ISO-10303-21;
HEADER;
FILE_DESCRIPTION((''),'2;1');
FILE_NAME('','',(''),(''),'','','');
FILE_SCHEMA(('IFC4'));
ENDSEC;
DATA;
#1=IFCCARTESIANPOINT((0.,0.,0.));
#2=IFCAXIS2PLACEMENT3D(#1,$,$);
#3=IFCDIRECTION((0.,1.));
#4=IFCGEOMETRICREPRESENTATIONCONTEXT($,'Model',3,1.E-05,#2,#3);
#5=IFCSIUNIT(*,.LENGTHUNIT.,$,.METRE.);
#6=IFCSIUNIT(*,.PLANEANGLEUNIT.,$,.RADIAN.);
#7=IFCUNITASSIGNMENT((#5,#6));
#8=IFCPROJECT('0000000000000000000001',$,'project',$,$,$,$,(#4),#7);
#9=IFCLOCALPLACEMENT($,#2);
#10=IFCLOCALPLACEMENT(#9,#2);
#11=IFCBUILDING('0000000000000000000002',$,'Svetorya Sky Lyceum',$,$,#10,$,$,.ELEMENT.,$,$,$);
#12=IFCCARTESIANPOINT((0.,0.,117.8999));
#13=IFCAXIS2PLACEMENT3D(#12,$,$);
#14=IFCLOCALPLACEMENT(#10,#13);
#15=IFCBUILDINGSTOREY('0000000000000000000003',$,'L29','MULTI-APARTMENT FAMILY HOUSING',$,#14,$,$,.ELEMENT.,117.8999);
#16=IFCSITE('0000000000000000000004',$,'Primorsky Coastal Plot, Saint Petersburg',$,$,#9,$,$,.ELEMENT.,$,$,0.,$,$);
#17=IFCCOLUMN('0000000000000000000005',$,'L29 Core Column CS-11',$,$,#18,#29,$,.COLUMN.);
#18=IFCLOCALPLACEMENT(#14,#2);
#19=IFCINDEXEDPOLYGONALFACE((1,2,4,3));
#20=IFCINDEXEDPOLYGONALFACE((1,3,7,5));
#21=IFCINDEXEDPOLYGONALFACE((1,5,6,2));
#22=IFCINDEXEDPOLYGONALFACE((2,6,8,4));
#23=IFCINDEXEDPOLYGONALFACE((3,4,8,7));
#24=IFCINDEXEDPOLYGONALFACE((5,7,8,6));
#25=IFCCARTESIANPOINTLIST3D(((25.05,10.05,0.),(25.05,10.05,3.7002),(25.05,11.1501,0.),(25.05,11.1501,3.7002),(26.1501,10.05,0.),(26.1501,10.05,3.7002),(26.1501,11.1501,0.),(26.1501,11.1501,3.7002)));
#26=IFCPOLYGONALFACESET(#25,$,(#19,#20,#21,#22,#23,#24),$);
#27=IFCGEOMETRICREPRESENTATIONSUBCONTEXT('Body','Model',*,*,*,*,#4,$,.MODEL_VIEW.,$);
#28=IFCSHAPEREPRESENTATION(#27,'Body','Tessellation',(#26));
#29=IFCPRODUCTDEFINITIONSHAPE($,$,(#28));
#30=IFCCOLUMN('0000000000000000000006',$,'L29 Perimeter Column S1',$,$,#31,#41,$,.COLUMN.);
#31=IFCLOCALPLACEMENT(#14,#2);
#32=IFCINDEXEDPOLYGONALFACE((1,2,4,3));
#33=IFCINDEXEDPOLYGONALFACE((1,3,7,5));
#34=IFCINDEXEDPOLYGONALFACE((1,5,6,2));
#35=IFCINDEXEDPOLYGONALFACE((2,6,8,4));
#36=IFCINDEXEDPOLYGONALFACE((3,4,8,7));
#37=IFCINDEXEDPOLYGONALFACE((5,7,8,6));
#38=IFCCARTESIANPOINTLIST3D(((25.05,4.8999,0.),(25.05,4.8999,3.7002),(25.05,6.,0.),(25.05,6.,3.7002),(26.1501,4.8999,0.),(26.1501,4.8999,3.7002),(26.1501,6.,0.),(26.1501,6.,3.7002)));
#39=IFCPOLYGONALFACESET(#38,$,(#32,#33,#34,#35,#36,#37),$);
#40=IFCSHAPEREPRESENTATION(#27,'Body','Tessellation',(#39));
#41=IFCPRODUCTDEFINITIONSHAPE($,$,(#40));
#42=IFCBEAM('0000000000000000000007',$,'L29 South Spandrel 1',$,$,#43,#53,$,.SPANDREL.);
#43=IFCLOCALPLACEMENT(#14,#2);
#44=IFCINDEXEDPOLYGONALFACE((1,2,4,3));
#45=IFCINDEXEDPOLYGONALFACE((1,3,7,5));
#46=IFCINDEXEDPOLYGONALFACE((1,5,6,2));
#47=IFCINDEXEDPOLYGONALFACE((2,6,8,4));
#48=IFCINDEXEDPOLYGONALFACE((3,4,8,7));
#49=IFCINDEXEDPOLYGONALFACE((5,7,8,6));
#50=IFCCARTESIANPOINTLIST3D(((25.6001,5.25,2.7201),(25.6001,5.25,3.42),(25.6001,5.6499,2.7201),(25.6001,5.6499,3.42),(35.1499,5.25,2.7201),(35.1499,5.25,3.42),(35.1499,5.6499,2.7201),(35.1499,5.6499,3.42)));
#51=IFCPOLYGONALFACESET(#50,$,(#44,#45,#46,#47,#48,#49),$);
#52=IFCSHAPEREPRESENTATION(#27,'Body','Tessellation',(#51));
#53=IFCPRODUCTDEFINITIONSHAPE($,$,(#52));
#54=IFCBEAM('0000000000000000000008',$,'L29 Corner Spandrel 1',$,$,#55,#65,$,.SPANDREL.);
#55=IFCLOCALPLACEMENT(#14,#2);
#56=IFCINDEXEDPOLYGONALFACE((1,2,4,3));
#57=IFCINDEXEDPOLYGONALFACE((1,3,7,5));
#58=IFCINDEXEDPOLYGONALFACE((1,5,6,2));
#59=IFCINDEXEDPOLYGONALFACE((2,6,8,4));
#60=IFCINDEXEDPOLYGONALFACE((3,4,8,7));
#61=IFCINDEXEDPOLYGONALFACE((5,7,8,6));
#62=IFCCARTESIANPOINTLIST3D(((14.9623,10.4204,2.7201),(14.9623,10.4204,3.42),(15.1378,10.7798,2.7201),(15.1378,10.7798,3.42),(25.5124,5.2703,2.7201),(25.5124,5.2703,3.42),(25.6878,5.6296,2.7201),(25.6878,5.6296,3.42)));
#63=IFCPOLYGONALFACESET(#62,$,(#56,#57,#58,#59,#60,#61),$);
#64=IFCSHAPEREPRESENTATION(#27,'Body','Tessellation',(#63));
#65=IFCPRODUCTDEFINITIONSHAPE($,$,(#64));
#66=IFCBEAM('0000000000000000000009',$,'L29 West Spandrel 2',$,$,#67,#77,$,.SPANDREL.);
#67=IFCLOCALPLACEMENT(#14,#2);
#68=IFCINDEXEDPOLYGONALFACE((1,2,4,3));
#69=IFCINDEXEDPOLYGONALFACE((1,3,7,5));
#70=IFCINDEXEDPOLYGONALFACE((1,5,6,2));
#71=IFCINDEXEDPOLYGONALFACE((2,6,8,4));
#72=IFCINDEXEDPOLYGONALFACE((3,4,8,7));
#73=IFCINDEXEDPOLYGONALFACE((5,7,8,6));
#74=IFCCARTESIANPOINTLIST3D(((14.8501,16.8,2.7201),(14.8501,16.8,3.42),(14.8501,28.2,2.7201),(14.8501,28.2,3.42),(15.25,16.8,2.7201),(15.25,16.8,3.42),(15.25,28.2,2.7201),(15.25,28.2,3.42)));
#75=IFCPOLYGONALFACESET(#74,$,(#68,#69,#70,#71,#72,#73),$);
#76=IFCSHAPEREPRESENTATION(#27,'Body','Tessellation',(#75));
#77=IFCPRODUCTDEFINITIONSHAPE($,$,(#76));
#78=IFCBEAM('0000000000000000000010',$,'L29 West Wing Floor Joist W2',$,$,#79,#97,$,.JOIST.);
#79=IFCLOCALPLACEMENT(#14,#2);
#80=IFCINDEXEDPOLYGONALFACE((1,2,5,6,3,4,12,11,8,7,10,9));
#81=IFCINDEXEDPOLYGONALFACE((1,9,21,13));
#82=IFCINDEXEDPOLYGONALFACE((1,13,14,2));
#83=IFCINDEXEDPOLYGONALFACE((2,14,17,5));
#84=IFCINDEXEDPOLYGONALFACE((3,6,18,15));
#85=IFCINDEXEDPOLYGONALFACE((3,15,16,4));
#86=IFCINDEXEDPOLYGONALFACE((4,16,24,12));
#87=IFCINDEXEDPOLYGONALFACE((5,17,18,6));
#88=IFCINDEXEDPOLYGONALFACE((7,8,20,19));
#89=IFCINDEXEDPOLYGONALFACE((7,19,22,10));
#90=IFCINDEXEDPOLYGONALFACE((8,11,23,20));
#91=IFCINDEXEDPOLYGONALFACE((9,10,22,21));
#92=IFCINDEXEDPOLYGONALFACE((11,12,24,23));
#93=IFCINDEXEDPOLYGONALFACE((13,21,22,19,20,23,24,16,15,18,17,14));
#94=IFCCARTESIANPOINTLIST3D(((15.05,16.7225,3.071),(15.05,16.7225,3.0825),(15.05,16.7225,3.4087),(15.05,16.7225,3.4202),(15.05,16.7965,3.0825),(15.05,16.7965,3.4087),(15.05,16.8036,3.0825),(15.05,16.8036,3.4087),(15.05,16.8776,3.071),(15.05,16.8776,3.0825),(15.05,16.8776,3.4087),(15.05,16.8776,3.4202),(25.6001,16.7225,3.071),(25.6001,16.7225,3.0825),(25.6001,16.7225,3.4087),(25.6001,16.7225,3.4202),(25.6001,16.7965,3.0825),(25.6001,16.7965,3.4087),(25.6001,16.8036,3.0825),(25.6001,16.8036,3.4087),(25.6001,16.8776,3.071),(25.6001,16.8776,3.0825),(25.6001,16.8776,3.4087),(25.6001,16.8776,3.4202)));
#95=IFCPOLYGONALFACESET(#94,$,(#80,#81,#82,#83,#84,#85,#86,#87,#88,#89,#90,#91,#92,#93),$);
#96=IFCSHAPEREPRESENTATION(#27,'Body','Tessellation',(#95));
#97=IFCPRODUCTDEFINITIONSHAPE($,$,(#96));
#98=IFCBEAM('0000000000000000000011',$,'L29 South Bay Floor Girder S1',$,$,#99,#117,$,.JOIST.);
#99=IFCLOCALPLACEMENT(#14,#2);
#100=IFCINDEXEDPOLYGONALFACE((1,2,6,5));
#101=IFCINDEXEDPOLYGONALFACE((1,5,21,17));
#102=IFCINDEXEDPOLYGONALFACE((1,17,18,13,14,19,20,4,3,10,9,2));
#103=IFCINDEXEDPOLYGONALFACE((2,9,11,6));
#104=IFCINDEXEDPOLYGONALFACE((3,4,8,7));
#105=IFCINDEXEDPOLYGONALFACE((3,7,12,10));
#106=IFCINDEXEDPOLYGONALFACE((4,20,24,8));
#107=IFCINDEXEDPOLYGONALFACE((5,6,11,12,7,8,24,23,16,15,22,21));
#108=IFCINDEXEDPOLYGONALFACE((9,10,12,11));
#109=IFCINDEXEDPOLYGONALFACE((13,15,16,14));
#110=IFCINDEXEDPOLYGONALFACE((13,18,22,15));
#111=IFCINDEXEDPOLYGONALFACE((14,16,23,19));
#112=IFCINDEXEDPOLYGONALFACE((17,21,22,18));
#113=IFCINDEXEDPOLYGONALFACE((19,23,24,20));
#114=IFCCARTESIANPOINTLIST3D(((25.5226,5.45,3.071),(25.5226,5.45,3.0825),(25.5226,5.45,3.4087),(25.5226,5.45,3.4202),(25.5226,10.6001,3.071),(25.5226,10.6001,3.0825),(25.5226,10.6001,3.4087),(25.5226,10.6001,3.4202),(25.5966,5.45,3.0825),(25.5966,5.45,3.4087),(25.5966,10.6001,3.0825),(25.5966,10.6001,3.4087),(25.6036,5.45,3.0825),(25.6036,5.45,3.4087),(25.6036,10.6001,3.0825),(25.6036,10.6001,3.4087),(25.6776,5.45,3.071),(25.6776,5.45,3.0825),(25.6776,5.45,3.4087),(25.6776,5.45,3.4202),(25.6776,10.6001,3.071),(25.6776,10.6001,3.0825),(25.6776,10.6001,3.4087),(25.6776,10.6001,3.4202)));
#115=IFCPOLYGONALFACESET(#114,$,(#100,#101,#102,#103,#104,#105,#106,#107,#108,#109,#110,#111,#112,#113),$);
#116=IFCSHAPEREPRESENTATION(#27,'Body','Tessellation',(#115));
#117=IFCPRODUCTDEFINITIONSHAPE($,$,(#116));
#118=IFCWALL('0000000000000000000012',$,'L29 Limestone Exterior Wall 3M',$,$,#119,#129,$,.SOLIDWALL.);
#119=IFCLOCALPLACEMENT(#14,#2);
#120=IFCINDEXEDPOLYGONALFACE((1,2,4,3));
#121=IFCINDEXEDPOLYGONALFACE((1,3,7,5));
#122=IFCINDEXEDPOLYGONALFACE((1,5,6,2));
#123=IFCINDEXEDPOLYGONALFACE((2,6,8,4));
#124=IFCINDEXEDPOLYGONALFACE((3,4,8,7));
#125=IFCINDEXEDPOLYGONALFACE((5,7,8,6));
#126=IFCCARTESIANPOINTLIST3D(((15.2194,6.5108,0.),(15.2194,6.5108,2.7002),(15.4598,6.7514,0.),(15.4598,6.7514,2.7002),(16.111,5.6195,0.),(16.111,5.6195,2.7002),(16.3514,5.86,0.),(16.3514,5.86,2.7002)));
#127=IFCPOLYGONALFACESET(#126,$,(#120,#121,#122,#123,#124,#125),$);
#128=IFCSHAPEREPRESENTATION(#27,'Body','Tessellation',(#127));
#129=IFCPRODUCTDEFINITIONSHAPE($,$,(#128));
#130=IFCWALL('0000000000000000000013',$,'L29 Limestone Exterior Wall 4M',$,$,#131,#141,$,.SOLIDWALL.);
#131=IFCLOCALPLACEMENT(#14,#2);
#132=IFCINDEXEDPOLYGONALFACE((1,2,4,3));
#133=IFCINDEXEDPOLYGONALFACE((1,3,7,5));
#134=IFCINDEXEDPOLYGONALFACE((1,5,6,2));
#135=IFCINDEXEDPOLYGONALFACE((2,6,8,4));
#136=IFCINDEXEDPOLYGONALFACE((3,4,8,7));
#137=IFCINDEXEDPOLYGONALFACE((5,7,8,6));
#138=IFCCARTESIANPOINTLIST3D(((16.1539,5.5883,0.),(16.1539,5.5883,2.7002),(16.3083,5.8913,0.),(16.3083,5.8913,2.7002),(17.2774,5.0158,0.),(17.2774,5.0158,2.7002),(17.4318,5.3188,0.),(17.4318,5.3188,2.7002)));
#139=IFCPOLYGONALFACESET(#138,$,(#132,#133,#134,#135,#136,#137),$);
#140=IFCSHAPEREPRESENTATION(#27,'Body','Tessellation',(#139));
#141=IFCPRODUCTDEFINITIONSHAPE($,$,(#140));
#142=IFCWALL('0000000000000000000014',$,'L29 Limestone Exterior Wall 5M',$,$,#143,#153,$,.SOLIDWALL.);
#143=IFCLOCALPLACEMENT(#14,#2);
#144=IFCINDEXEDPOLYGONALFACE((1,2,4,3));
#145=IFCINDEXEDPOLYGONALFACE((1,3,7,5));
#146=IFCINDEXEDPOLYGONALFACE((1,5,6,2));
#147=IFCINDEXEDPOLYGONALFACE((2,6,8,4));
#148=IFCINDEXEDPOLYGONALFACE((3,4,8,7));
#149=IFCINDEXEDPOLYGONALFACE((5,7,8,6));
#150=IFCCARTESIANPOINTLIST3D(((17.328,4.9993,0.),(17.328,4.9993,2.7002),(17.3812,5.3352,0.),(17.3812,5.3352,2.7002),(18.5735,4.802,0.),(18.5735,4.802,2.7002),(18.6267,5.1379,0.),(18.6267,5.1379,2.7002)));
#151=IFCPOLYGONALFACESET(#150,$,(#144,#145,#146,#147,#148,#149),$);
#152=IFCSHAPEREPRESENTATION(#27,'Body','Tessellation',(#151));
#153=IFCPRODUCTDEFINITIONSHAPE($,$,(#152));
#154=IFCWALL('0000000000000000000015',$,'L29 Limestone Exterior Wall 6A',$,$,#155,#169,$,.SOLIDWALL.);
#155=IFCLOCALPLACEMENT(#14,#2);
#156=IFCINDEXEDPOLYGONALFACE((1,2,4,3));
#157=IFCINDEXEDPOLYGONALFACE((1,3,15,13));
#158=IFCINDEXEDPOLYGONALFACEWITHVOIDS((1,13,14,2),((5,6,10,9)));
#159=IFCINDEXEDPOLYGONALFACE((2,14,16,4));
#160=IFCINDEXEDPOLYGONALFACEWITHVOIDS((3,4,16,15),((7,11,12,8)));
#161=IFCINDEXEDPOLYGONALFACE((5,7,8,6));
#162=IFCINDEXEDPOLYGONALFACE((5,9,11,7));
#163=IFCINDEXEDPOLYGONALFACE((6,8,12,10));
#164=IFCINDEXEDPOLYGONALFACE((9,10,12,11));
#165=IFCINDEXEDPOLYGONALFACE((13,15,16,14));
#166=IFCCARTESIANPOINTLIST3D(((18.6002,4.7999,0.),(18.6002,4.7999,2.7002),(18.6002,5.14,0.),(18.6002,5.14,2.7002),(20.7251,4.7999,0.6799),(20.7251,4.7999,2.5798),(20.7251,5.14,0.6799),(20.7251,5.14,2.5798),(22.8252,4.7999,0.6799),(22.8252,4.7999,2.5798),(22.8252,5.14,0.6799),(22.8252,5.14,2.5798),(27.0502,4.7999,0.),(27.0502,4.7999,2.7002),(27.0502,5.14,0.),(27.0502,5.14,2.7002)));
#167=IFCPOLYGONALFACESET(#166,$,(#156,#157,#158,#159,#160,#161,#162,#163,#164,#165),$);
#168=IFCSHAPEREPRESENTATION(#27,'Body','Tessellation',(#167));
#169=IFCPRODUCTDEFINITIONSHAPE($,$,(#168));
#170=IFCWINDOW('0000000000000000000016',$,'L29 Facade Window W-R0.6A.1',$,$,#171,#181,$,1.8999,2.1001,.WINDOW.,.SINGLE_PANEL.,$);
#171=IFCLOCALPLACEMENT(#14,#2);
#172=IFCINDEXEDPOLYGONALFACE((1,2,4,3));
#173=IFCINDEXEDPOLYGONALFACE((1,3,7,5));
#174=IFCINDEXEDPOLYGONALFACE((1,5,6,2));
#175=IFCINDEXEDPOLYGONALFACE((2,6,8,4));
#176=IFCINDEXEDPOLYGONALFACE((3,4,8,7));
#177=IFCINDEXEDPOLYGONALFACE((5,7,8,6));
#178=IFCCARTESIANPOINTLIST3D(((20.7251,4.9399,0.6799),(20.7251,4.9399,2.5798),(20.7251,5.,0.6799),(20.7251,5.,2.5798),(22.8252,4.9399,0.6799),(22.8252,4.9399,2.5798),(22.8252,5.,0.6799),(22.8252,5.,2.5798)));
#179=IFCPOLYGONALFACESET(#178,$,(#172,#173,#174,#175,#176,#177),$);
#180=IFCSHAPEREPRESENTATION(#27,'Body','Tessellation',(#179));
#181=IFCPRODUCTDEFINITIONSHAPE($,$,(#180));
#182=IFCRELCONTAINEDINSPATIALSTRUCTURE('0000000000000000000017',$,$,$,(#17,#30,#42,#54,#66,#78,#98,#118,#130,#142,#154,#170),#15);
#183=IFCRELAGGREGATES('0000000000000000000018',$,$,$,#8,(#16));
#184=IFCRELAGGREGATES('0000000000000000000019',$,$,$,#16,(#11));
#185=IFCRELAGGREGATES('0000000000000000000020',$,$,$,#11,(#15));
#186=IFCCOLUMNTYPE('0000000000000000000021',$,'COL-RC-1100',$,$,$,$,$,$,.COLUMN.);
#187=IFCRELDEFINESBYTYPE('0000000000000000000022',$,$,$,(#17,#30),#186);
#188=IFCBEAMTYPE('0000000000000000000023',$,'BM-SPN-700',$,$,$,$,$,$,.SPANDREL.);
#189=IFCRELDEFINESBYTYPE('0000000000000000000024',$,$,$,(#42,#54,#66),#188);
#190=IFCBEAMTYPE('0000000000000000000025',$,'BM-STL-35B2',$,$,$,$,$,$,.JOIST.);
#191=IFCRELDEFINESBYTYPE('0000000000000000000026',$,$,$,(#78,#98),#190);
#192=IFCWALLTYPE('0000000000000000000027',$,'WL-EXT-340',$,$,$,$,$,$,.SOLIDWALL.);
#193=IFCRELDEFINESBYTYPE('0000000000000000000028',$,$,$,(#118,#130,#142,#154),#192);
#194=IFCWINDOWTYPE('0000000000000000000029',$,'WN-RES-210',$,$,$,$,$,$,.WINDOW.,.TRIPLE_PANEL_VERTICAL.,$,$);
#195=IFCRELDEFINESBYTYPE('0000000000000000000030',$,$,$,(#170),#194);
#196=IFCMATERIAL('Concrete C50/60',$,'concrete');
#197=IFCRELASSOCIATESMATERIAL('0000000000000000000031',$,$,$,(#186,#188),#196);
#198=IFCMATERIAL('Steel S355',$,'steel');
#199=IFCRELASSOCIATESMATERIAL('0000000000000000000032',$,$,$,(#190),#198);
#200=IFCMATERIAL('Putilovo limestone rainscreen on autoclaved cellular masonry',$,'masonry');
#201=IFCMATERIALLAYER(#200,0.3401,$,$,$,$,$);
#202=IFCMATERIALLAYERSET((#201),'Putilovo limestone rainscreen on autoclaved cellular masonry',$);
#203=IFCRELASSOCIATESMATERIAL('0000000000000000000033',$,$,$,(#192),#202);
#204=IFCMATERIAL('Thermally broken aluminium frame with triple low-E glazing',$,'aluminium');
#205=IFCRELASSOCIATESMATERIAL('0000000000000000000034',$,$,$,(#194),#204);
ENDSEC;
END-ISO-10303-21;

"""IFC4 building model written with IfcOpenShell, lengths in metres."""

from ifc_helpers import new_model, si_unit, direction, frame, frame_2d, origin, origin_2d, place, context, subcontext, project, spatial, rectangle, i_section, extrude, material, layer, layer_set, material_profile, profile_set, type_object, element, fill, save


model = new_model("IFC4")

# Units and contexts
model_context = context("Model", 3, precision=1e-05, world=origin(), true_north=direction((0.0, 1.0)))
body_context = subcontext(model_context, "Body", "Model", "MODEL_VIEW")
ifc_project = project(units=[si_unit("LENGTHUNIT", "METRE"), si_unit("PLANEANGLEUNIT", "RADIAN")], contexts=[model_context])

# Site, building, storey
site_placement = place(None, origin())
site = spatial("IfcSite", under=ifc_project, at=site_placement, Name="Primorsky Coastal Plot, Saint Petersburg", CompositionType="ELEMENT", RefElevation=0.0)
building_placement = place(site_placement, origin())
building = spatial("IfcBuilding", under=site, at=building_placement, Name="Svetorya Sky Lyceum", CompositionType="ELEMENT")
storey_placement = place(building_placement, frame((0.0, 0.0, 117.8999)))
storey = spatial("IfcBuildingStorey", under=building, at=storey_placement, Name="L29", Description="MULTI-APARTMENT FAMILY HOUSING", CompositionType="ELEMENT", Elevation=117.8999)

# Columns
ifc_material_1 = material(Name="Concrete C50/60", Category="concrete")
ifc_material_profile_1 = material_profile(ifc_material_1, rectangle(XDim=1.1001, YDim=1.1001, at=origin_2d()), Name="RC COL 1100x1100")
ifc_profile_set_1 = profile_set([ifc_material_profile_1], Name="Concrete C50/60")
column_type = type_object("IfcColumnType", Name="COL-RC-1100", PredefinedType="COLUMN", material=ifc_profile_set_1)
for number, where, z_axis, x_axis, name in (
    (1, (25.6001, 10.6001, 0.0), (0.0, 0.0, 1.0), (1.0, 0.0, 0.0), "L29 Core Column CS-11"),
    (2, (25.6001, 5.45, 0.0), (0.0, 0.0, 1.0), (1.0, 0.0, 0.0), "L29 Perimeter Column S1"),
):
    element("IfcColumn", number, at=place(storey_placement, frame(where, z_axis=z_axis, x_axis=x_axis)), inside=storey, type_object=column_type, Name=name, PredefinedType="COLUMN", context=body_context, shape_type="SweptSolid", body=[
        extrude(rectangle(XDim=1.1001, YDim=1.1001, at=origin_2d()), origin(), (0.0, 0.0, 1.0), 3.7002),
    ])

# Beams
ifc_material_profile_2 = material_profile(ifc_material_1, rectangle(XDim=0.3999, YDim=0.7, at=origin_2d()), Name="RC SPANDREL 400x700")
ifc_profile_set_2 = profile_set([ifc_material_profile_2], Name="Concrete C50/60")
beam_type_1 = type_object("IfcBeamType", Name="BM-SPN-700", PredefinedType="SPANDREL", material=ifc_profile_set_2)
beam_1_placement = place(storey_placement, frame((25.6001, 5.45, 3.0701), z_axis=(1.0, 0.0, 0.0), x_axis=(0.0, 1.0, 0.0)))
element("IfcBeam", 3, at=beam_1_placement, inside=storey, type_object=beam_type_1, Name="L29 South Spandrel 1", PredefinedType="SPANDREL", context=body_context, shape_type="SweptSolid", body=[
    extrude(rectangle(XDim=0.3999, YDim=0.7, at=origin_2d()), origin(), (0.0, 0.0, 1.0), 9.5498),
])
beam_2_placement = place(storey_placement, frame((25.6001, 5.45, 3.0701), z_axis=(-0.898641, 0.438684, 0.0), x_axis=(-0.438684, -0.898641, 0.0)))
element("IfcBeam", 4, at=beam_2_placement, inside=storey, type_object=beam_type_1, Name="L29 Corner Spandrel 1", PredefinedType="SPANDREL", context=body_context, shape_type="SweptSolid", body=[
    extrude(rectangle(XDim=0.3999, YDim=0.7, at=origin_2d()), origin(), (0.0, 0.0, 1.0), 11.74),
])
beam_3_placement = place(storey_placement, frame((15.05, 16.8, 3.0701), z_axis=(0.0, 1.0, 0.0), x_axis=(-1.0, 0.0, 0.0)))
element("IfcBeam", 5, at=beam_3_placement, inside=storey, type_object=beam_type_1, Name="L29 West Spandrel 2", PredefinedType="SPANDREL", context=body_context, shape_type="SweptSolid", body=[
    extrude(rectangle(XDim=0.3999, YDim=0.7, at=origin_2d()), origin(), (0.0, 0.0, 1.0), 11.3999),
])
ifc_material_2 = material(Name="Steel S355", Category="steel")
ifc_material_profile_3 = material_profile(ifc_material_2, i_section(OverallWidth=0.155, OverallDepth=0.3491, WebThickness=0.0071, FlangeThickness=0.0115, at=origin_2d()), Name="GOST 35B2")
ifc_profile_set_3 = profile_set([ifc_material_profile_3], Name="Steel S355")
beam_type_2 = type_object("IfcBeamType", Name="BM-STL-35B2", PredefinedType="JOIST", material=ifc_profile_set_3)
beam_4_placement = place(storey_placement, frame((15.05, 16.8, 3.2456), z_axis=(1.0, 0.0, 0.0), x_axis=(0.0, 1.0, 0.0)))
element("IfcBeam", 6, at=beam_4_placement, inside=storey, type_object=beam_type_2, Name="L29 West Wing Floor Joist W2", PredefinedType="JOIST", context=body_context, shape_type="SweptSolid", body=[
    extrude(i_section(OverallWidth=0.155, OverallDepth=0.3491, WebThickness=0.0071, FlangeThickness=0.0115, at=origin_2d()), origin(), (0.0, 0.0, 1.0), 10.55),
])
beam_5_placement = place(storey_placement, frame((25.6001, 5.45, 3.2456), z_axis=(0.0, 1.0, 0.0), x_axis=(-1.0, 0.0, 0.0)))
element("IfcBeam", 7, at=beam_5_placement, inside=storey, type_object=beam_type_2, Name="L29 South Bay Floor Girder S1", PredefinedType="JOIST", context=body_context, shape_type="SweptSolid", body=[
    extrude(i_section(OverallWidth=0.155, OverallDepth=0.3491, WebThickness=0.0071, FlangeThickness=0.0115, at=origin_2d()), origin(), (0.0, 0.0, 1.0), 5.1501),
])

# Walls
ifc_material_3 = material(Name="Putilovo limestone rainscreen on autoclaved cellular masonry", Category="masonry")
ifc_layer_1 = layer(ifc_material_3, 0.3401)
ifc_layer_set_1 = layer_set([ifc_layer_1], Name="Putilovo limestone rainscreen on autoclaved cellular masonry")
wall_type_1 = type_object("IfcWallType", Name="WL-EXT-340", PredefinedType="SOLIDWALL", material=ifc_layer_set_1)
wall_1_placement = place(storey_placement, frame((15.3396, 6.6311, 0.0), z_axis=(0.0, 0.0, 1.0), x_axis=(0.707204, -0.70701, 0.0)))
element("IfcWall", 8, at=wall_1_placement, inside=storey, type_object=wall_type_1, Name="L29 Limestone Exterior Wall 3M", PredefinedType="SOLIDWALL", context=body_context, shape_type="SweptSolid", body=[
    extrude(rectangle(XDim=1.2607, YDim=0.3401, at=frame_2d((0.6304, 0.0))), origin(), (0.0, 0.0, 1.0), 2.7002),
])
for number, where, z_axis, x_axis, name in (
    (9, (16.2312, 5.7397, 0.0), (0.0, 0.0, 1.0), (0.890994, -0.454016, 0.0), "L29 Limestone Exterior Wall 4M"),
    (10, (17.3547, 5.1672, 0.0), (0.0, 0.0, 1.0), (0.987686, -0.15645, 0.0), "L29 Limestone Exterior Wall 5M"),
):
    element("IfcWall", number, at=place(storey_placement, frame(where, z_axis=z_axis, x_axis=x_axis)), inside=storey, type_object=wall_type_1, Name=name, PredefinedType="SOLIDWALL", context=body_context, shape_type="SweptSolid", body=[
        extrude(rectangle(XDim=1.261, YDim=0.3401, at=frame_2d((0.6304, 0.0))), origin(), (0.0, 0.0, 1.0), 2.7002),
    ])

# Wall, opening, window
wall_2_placement = place(storey_placement, frame((18.6001, 4.97, 0.0), z_axis=(0.0, 0.0, 1.0), x_axis=(1.0, 0.0, 0.0)))
wall_2 = element("IfcWall", 11, at=wall_2_placement, inside=storey, type_object=wall_type_1, Name="L29 Limestone Exterior Wall 6A", PredefinedType="SOLIDWALL", context=body_context, shape_type="SweptSolid", body=[
    extrude(rectangle(XDim=8.45, YDim=0.3401, at=frame_2d((4.2251, 0.0))), origin(), (0.0, 0.0, 1.0), 2.7002),
])
opening_1_placement = place(wall_2_placement, frame((2.125, 0.0, 0.6799)))
opening_1 = element("IfcOpeningElement", 12, at=opening_1_placement, cuts=wall_2, PredefinedType="OPENING", context=body_context, shape_type="SweptSolid", body=[
    extrude(rectangle(XDim=2.1001, YDim=1.8999, at=frame_2d((1.05, 0.95))), frame((0.0, 0.1799, 0.0), z_axis=(0.0, -1.0, 0.0), x_axis=(1.0, 0.0, 0.0)), (0.0, 0.0, 1.0), 0.3601),
])
ifc_material_4 = material(Name="Thermally broken aluminium frame with triple low-E glazing", Category="aluminium")
window_type = type_object("IfcWindowType", Name="WN-RES-210", PartitioningType="TRIPLE_PANEL_VERTICAL", PredefinedType="WINDOW", material=ifc_material_4)
window_placement = place(opening_1_placement, origin())
window = element("IfcWindow", 13, at=window_placement, inside=storey, type_object=window_type, Name="L29 Facade Window W-R0.6A.1", OverallHeight=1.8999, OverallWidth=2.1001, PartitioningType="SINGLE_PANEL", PredefinedType="WINDOW", context=body_context, shape_type="SweptSolid", body=[
    extrude(rectangle(XDim=2.1001, YDim=1.8999, at=frame_2d((1.05, 0.95))), frame((0.0, 0.03, 0.0), z_axis=(0.0, -1.0, 0.0), x_axis=(1.0, 0.0, 0.0)), (0.0, 0.0, 1.0), 0.0601),
])
fill(opening_1, window)

save(model, "model.ifc")
